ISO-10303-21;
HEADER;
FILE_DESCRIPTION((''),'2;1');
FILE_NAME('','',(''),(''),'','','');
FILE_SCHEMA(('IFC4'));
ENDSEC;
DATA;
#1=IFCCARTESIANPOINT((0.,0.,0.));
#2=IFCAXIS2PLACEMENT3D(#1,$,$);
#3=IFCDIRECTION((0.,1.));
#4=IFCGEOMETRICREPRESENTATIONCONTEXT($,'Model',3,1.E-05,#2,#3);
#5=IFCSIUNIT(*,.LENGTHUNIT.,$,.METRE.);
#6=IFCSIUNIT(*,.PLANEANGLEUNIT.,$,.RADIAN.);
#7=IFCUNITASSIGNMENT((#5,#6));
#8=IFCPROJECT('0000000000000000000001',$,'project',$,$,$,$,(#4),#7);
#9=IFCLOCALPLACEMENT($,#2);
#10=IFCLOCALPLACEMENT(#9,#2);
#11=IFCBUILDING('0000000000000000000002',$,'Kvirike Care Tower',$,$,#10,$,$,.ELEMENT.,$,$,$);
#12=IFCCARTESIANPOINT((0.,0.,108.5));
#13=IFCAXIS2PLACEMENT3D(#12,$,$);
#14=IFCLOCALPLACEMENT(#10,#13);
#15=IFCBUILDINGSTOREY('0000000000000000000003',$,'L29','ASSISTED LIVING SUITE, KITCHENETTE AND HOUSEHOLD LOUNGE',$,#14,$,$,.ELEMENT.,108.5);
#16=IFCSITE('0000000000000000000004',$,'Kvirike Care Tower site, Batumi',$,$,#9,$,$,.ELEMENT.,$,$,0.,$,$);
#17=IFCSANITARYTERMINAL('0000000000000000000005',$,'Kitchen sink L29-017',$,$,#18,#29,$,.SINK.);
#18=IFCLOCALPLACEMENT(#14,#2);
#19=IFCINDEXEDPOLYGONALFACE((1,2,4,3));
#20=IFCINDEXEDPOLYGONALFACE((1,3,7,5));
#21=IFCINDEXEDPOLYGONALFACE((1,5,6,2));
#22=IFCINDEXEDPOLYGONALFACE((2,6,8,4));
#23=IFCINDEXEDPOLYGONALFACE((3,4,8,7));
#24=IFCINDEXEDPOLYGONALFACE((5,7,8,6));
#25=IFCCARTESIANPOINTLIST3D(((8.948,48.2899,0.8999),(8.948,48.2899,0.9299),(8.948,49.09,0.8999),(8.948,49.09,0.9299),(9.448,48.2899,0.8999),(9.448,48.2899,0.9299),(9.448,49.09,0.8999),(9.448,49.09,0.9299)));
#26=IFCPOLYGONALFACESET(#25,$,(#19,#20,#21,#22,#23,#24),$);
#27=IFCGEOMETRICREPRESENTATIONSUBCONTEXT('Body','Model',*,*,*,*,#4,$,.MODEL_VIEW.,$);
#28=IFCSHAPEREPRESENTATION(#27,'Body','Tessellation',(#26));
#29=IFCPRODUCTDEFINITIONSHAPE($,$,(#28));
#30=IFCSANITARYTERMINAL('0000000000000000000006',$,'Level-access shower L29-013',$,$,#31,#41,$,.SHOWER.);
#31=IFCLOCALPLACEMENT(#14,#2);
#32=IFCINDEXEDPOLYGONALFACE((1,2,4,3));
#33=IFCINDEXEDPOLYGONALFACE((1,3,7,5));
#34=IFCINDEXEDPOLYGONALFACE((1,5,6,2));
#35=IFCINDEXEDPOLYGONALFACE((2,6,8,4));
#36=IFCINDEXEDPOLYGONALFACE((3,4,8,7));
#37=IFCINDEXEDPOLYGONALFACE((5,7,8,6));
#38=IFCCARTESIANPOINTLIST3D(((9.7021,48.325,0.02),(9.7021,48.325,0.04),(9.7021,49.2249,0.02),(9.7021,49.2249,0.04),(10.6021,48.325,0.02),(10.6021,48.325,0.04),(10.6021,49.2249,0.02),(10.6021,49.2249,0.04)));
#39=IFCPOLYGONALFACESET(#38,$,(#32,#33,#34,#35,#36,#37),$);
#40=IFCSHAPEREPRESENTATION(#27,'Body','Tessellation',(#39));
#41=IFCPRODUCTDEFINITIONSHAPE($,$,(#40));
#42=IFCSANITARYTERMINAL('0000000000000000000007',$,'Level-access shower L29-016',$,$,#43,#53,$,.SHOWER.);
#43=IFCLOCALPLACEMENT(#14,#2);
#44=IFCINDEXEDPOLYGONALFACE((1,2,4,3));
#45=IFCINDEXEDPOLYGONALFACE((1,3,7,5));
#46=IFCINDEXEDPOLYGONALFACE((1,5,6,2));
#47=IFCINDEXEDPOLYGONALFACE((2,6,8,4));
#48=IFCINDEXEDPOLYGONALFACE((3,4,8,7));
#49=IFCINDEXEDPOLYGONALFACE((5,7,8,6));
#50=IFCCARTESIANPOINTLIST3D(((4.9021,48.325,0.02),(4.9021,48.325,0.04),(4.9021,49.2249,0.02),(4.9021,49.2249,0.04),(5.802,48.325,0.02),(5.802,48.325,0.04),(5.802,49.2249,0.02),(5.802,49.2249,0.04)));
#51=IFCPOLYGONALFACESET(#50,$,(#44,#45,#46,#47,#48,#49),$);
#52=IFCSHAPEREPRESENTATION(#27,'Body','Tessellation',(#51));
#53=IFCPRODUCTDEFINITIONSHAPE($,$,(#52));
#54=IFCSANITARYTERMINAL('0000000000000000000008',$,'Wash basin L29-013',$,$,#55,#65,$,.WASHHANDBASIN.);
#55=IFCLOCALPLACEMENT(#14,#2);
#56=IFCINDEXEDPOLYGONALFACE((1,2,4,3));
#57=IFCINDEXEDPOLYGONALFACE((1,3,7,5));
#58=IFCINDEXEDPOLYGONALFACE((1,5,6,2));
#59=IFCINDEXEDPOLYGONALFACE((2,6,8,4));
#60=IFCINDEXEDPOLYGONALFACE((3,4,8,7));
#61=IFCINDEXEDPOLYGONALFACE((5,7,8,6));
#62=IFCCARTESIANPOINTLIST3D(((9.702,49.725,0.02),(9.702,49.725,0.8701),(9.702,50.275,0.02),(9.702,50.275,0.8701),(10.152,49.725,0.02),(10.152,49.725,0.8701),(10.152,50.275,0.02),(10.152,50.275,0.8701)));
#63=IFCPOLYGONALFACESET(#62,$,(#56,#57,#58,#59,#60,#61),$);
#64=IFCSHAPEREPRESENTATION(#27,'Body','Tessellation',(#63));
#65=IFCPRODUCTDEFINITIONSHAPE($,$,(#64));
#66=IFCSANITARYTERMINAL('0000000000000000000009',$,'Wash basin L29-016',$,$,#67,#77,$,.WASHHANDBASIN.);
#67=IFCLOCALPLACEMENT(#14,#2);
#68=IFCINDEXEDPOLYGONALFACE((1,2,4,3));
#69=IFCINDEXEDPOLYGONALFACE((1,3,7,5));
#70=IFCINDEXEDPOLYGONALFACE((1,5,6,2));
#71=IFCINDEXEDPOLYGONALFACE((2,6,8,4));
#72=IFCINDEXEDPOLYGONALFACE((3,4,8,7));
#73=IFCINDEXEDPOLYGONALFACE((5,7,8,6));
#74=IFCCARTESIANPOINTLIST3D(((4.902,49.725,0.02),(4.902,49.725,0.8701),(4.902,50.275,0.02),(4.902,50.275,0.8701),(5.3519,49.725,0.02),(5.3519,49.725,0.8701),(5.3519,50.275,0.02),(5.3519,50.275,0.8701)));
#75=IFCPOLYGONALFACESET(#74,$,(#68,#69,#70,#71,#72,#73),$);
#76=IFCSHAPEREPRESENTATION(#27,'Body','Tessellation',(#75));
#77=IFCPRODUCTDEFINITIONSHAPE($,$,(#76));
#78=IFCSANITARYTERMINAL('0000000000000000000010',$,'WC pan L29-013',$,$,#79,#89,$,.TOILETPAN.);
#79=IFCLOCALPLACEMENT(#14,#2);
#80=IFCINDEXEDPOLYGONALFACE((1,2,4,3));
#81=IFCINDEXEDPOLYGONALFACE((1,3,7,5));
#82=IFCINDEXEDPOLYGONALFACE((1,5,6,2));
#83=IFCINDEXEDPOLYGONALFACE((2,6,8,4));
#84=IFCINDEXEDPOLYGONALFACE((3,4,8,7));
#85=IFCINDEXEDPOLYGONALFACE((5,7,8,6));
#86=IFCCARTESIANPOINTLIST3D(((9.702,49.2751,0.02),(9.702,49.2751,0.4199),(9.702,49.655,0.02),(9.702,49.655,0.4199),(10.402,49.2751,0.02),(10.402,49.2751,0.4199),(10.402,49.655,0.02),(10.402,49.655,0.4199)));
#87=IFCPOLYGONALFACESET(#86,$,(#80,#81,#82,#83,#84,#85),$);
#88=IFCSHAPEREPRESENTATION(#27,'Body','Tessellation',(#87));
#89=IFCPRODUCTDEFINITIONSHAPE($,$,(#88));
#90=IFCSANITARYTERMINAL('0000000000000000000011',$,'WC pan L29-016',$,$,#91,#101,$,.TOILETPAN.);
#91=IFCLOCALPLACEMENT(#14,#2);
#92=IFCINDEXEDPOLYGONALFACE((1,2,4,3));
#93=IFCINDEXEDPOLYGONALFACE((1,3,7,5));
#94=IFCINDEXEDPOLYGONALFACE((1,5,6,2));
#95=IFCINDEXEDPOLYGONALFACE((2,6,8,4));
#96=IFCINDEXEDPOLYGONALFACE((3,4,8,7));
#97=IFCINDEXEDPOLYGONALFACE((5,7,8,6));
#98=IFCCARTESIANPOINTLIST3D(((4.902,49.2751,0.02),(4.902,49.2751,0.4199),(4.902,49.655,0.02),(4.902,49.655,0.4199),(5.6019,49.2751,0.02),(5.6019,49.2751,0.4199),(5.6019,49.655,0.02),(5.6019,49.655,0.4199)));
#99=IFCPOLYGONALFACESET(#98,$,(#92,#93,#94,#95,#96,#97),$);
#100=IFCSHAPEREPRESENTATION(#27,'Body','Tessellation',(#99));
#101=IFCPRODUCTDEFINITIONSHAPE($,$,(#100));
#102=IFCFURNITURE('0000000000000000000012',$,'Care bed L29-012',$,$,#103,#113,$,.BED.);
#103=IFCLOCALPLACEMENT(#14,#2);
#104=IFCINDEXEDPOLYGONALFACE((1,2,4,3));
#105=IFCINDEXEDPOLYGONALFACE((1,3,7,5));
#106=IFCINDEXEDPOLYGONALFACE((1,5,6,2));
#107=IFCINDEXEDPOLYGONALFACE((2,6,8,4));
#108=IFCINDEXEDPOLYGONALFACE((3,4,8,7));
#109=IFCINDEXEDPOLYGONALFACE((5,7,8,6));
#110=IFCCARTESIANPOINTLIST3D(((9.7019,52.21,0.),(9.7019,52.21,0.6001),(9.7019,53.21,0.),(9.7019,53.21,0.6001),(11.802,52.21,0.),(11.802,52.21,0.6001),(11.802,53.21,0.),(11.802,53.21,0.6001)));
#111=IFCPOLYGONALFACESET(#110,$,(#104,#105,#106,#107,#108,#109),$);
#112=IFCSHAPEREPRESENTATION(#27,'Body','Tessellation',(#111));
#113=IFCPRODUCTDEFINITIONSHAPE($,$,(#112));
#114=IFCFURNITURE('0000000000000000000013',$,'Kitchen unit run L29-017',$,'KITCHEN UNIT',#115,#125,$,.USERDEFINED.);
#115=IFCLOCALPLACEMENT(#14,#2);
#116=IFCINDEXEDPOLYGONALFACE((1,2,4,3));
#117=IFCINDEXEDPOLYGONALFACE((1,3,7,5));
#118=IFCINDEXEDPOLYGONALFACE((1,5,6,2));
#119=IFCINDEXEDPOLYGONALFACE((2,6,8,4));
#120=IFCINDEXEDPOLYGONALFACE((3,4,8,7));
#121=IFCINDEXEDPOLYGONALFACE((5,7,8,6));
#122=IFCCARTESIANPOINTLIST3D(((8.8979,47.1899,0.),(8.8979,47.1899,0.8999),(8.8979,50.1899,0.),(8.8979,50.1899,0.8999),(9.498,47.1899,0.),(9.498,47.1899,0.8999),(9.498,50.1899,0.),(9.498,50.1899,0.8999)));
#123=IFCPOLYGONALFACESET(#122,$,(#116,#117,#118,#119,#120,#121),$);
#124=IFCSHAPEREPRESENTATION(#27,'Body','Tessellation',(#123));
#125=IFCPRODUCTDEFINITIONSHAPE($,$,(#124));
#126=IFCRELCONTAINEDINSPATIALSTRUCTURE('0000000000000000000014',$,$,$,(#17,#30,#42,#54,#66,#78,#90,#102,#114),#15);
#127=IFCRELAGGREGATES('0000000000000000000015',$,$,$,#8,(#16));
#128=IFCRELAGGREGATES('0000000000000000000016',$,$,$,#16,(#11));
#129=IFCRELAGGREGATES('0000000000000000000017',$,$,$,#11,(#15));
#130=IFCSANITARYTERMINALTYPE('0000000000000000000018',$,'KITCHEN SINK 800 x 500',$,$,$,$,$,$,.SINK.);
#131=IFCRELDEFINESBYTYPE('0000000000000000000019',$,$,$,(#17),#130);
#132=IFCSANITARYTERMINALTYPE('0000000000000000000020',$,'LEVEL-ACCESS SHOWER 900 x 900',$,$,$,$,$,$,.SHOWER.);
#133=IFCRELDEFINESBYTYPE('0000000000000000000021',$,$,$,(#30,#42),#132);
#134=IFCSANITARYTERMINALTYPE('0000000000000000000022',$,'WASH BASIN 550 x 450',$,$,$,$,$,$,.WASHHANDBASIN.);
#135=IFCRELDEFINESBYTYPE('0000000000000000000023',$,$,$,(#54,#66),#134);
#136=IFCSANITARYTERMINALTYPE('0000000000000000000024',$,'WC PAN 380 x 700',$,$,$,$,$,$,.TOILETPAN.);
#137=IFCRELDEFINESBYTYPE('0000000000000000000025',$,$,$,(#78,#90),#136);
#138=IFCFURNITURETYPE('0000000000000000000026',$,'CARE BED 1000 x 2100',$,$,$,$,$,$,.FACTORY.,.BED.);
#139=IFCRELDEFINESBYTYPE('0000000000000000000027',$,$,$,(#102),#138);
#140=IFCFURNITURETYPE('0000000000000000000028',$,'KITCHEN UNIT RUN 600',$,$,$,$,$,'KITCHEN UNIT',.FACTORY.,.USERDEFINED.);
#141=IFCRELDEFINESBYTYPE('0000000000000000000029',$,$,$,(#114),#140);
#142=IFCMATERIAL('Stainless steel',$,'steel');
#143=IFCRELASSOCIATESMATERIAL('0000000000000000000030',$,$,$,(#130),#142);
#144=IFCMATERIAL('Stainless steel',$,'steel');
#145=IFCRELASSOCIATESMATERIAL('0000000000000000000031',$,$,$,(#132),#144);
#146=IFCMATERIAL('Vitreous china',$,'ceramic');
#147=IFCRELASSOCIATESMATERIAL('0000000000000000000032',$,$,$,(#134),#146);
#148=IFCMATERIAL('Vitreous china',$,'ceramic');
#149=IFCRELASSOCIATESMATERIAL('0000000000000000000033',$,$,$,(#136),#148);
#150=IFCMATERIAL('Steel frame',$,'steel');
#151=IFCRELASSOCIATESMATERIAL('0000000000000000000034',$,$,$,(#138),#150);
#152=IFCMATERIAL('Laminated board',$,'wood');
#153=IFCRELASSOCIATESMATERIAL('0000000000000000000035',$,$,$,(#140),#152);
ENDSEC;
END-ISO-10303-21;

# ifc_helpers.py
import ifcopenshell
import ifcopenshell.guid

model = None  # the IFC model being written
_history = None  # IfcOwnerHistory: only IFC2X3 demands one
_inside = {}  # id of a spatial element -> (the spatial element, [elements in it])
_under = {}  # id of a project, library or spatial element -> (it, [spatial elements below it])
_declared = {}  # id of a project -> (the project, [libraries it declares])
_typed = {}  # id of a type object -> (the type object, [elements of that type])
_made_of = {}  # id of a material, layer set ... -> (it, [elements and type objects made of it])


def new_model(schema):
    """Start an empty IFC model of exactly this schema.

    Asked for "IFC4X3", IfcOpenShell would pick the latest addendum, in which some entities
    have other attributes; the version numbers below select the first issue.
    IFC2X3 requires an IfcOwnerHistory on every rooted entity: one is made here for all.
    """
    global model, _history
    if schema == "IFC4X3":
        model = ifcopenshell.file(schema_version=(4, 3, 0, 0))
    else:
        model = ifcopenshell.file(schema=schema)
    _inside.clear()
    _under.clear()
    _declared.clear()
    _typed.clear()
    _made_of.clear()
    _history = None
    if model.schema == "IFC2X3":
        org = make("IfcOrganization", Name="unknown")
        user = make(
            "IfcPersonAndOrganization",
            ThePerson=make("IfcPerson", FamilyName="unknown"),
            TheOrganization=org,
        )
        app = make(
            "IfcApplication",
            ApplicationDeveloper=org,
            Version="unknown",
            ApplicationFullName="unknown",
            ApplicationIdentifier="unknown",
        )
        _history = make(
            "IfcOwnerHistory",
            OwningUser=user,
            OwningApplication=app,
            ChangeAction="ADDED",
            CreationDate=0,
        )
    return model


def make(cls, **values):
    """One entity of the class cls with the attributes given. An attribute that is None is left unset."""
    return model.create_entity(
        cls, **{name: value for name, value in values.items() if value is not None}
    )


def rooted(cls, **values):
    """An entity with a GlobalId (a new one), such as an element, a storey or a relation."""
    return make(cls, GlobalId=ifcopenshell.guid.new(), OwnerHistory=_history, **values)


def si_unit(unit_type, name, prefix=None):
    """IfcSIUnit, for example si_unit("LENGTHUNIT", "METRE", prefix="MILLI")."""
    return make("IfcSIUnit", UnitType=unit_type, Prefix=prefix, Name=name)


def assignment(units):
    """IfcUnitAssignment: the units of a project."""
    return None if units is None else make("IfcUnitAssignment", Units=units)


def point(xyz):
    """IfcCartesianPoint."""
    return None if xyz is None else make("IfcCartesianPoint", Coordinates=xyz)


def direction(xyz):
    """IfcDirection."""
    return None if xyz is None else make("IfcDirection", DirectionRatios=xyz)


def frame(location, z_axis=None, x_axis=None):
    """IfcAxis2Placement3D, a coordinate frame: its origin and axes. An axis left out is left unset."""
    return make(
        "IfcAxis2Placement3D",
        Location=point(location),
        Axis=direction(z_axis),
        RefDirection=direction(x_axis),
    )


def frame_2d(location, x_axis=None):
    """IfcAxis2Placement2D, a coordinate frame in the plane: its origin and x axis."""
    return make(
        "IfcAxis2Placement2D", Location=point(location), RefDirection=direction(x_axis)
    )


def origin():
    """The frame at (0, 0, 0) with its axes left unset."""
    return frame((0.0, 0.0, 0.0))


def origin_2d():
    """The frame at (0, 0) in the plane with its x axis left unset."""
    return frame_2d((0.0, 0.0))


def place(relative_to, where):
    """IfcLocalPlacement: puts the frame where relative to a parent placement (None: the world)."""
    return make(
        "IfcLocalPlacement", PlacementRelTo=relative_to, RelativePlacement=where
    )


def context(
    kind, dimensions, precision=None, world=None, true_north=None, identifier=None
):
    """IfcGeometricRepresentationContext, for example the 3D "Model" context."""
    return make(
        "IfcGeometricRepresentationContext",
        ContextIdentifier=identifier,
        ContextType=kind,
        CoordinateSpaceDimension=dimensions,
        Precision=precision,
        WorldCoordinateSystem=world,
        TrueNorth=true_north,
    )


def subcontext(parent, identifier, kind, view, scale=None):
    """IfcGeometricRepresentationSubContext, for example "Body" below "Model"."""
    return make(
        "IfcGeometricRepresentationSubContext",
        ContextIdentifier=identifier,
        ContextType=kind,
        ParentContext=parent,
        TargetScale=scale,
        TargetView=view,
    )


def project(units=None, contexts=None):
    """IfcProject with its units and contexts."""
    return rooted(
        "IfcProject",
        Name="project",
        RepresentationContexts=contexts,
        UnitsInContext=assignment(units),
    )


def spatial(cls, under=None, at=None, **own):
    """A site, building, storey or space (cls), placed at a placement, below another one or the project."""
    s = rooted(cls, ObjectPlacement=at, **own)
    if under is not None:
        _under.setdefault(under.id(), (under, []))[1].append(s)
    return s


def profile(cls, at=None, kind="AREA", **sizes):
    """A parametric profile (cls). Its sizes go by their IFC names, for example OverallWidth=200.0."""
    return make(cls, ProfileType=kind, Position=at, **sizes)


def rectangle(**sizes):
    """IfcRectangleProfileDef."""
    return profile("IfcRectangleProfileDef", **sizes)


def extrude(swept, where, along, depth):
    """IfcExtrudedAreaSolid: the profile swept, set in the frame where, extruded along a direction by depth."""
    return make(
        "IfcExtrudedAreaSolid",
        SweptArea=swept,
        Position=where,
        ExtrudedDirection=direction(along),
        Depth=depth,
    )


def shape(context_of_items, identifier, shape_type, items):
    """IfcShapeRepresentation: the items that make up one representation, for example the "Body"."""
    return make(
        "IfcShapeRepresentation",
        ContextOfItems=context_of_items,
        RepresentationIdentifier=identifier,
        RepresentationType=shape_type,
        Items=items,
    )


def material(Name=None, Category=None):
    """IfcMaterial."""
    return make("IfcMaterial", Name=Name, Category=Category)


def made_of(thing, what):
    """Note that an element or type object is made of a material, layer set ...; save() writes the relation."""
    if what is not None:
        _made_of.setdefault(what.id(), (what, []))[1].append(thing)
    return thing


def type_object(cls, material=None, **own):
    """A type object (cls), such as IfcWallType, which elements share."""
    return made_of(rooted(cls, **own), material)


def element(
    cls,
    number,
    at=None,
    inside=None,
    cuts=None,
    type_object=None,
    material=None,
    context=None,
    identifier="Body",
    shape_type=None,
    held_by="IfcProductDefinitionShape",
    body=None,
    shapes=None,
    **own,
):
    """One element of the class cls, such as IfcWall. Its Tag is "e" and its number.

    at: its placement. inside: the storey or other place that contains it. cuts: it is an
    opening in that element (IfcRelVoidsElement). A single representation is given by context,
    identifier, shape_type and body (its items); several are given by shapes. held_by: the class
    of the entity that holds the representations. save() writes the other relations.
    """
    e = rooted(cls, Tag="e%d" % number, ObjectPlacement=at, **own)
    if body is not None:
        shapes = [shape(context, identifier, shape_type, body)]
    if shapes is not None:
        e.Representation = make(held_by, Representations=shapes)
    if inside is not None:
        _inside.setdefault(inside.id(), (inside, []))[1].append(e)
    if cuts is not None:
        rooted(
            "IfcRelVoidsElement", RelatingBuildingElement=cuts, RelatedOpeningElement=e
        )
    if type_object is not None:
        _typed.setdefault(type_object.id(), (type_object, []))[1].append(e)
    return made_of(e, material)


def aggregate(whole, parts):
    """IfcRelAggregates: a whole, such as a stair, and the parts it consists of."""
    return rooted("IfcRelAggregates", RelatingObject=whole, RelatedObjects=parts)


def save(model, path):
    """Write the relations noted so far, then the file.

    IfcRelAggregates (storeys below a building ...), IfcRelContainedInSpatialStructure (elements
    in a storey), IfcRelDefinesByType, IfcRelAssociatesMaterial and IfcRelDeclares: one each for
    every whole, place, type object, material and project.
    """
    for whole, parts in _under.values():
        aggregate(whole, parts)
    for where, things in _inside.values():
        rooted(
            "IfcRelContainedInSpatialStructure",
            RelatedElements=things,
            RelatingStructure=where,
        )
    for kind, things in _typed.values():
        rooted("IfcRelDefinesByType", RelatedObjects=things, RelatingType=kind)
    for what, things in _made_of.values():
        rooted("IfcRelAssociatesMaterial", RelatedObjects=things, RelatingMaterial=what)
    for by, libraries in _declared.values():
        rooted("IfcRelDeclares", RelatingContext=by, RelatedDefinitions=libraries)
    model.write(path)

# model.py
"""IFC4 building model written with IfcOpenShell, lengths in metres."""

from ifc_helpers import new_model, si_unit, direction, frame, origin, origin_2d, place, context, subcontext, project, spatial, rectangle, extrude, material, type_object, element, save


model = new_model("IFC4")

# Units and contexts
model_context = context("Model", 3, precision=1e-05, world=origin(), true_north=direction((0.0, 1.0)))
body_context = subcontext(model_context, "Body", "Model", "MODEL_VIEW")
ifc_project = project(units=[si_unit("LENGTHUNIT", "METRE"), si_unit("PLANEANGLEUNIT", "RADIAN")], contexts=[model_context])

# Site, building, storey
site_placement = place(None, origin())
site = spatial("IfcSite", under=ifc_project, at=site_placement, Name="Kvirike Care Tower site, Batumi", CompositionType="ELEMENT", RefElevation=0.0)
building_placement = place(site_placement, origin())
building = spatial("IfcBuilding", under=site, at=building_placement, Name="Kvirike Care Tower", CompositionType="ELEMENT")
storey_placement = place(building_placement, frame((0.0, 0.0, 108.5)))
storey = spatial("IfcBuildingStorey", under=building, at=storey_placement, Name="L29", Description="ASSISTED LIVING SUITE, KITCHENETTE AND HOUSEHOLD LOUNGE", CompositionType="ELEMENT", Elevation=108.5)

# Sanitary terminals
ifc_material_1 = material(Name="Stainless steel", Category="steel")
sanitary_terminal_type_1 = type_object("IfcSanitaryTerminalType", Name="KITCHEN SINK 800 x 500", PredefinedType="SINK", material=ifc_material_1)
sanitary_terminal_placement = place(storey_placement, frame((9.198, 48.6899, 0.8999), z_axis=(0.0, 0.0, 1.0), x_axis=(0.0, -1.0, 0.0)))
element("IfcSanitaryTerminal", 1, at=sanitary_terminal_placement, inside=storey, type_object=sanitary_terminal_type_1, Name="Kitchen sink L29-017", PredefinedType="SINK", context=body_context, shape_type="SweptSolid", body=[
    extrude(rectangle(XDim=0.8, YDim=0.5, at=origin_2d()), origin(), (0.0, 0.0, 1.0), 0.03),
])
ifc_material_2 = material(Name="Stainless steel", Category="steel")
sanitary_terminal_type_2 = type_object("IfcSanitaryTerminalType", Name="LEVEL-ACCESS SHOWER 900 x 900", PredefinedType="SHOWER", material=ifc_material_2)
for number, where, z_axis, x_axis, name in (
    (2, (10.1521, 48.7749, 0.02), (0.0, 0.0, 1.0), (0.0, 1.0, 0.0), "Level-access shower L29-013"),
    (3, (5.3521, 48.7749, 0.02), (0.0, 0.0, 1.0), (0.0, 1.0, 0.0), "Level-access shower L29-016"),
):
    element("IfcSanitaryTerminal", number, at=place(storey_placement, frame(where, z_axis=z_axis, x_axis=x_axis)), inside=storey, type_object=sanitary_terminal_type_2, Name=name, PredefinedType="SHOWER", context=body_context, shape_type="SweptSolid", body=[
        extrude(rectangle(XDim=0.8999, YDim=0.8999, at=origin_2d()), origin(), (0.0, 0.0, 1.0), 0.02),
    ])
ifc_material_3 = material(Name="Vitreous china", Category="ceramic")
sanitary_terminal_type_3 = type_object("IfcSanitaryTerminalType", Name="WASH BASIN 550 x 450", PredefinedType="WASHHANDBASIN", material=ifc_material_3)
for number, where, z_axis, x_axis, name in (
    (4, (9.927, 50.0, 0.02), (0.0, 0.0, 1.0), (0.0, 1.0, 0.0), "Wash basin L29-013"),
    (5, (5.127, 50.0, 0.02), (0.0, 0.0, 1.0), (0.0, 1.0, 0.0), "Wash basin L29-016"),
):
    element("IfcSanitaryTerminal", number, at=place(storey_placement, frame(where, z_axis=z_axis, x_axis=x_axis)), inside=storey, type_object=sanitary_terminal_type_3, Name=name, PredefinedType="WASHHANDBASIN", context=body_context, shape_type="SweptSolid", body=[
        extrude(rectangle(XDim=0.55, YDim=0.45, at=origin_2d()), origin(), (0.0, 0.0, 1.0), 0.8501),
    ])
ifc_material_4 = material(Name="Vitreous china", Category="ceramic")
sanitary_terminal_type_4 = type_object("IfcSanitaryTerminalType", Name="WC PAN 380 x 700", PredefinedType="TOILETPAN", material=ifc_material_4)
for number, where, z_axis, x_axis, name in (
    (6, (10.052, 49.4651, 0.02), (0.0, 0.0, 1.0), (0.0, 1.0, 0.0), "WC pan L29-013"),
    (7, (5.252, 49.4651, 0.02), (0.0, 0.0, 1.0), (0.0, 1.0, 0.0), "WC pan L29-016"),
):
    element("IfcSanitaryTerminal", number, at=place(storey_placement, frame(where, z_axis=z_axis, x_axis=x_axis)), inside=storey, type_object=sanitary_terminal_type_4, Name=name, PredefinedType="TOILETPAN", context=body_context, shape_type="SweptSolid", body=[
        extrude(rectangle(XDim=0.3799, YDim=0.7, at=origin_2d()), origin(), (0.0, 0.0, 1.0), 0.3999),
    ])

# Furniture
ifc_material_5 = material(Name="Steel frame", Category="steel")
furniture_type_1 = type_object("IfcFurnitureType", Name="CARE BED 1000 x 2100", AssemblyPlace="FACTORY", PredefinedType="BED", material=ifc_material_5)
furniture_1_placement = place(storey_placement, frame((10.752, 52.71, 0.0), z_axis=(0.0, 0.0, 1.0), x_axis=(0.0, 1.0, 0.0)))
element("IfcFurniture", 8, at=furniture_1_placement, inside=storey, type_object=furniture_type_1, Name="Care bed L29-012", PredefinedType="BED", context=body_context, shape_type="SweptSolid", body=[
    extrude(rectangle(XDim=1.0, YDim=2.1001, at=origin_2d()), origin(), (0.0, 0.0, 1.0), 0.6001),
])
ifc_material_6 = material(Name="Laminated board", Category="wood")
furniture_type_2 = type_object("IfcFurnitureType", Name="KITCHEN UNIT RUN 600", ElementType="KITCHEN UNIT", AssemblyPlace="FACTORY", PredefinedType="USERDEFINED", material=ifc_material_6)
furniture_2_placement = place(storey_placement, frame((9.198, 48.6899, 0.0), z_axis=(0.0, 0.0, 1.0), x_axis=(0.0, -1.0, 0.0)))
element("IfcFurniture", 9, at=furniture_2_placement, inside=storey, type_object=furniture_type_2, Name="Kitchen unit run L29-017", ObjectType="KITCHEN UNIT", PredefinedType="USERDEFINED", context=body_context, shape_type="SweptSolid", body=[
    extrude(rectangle(XDim=3.0, YDim=0.6001, at=origin_2d()), origin(), (0.0, 0.0, 1.0), 0.8999),
])

save(model, "model.ifc")
